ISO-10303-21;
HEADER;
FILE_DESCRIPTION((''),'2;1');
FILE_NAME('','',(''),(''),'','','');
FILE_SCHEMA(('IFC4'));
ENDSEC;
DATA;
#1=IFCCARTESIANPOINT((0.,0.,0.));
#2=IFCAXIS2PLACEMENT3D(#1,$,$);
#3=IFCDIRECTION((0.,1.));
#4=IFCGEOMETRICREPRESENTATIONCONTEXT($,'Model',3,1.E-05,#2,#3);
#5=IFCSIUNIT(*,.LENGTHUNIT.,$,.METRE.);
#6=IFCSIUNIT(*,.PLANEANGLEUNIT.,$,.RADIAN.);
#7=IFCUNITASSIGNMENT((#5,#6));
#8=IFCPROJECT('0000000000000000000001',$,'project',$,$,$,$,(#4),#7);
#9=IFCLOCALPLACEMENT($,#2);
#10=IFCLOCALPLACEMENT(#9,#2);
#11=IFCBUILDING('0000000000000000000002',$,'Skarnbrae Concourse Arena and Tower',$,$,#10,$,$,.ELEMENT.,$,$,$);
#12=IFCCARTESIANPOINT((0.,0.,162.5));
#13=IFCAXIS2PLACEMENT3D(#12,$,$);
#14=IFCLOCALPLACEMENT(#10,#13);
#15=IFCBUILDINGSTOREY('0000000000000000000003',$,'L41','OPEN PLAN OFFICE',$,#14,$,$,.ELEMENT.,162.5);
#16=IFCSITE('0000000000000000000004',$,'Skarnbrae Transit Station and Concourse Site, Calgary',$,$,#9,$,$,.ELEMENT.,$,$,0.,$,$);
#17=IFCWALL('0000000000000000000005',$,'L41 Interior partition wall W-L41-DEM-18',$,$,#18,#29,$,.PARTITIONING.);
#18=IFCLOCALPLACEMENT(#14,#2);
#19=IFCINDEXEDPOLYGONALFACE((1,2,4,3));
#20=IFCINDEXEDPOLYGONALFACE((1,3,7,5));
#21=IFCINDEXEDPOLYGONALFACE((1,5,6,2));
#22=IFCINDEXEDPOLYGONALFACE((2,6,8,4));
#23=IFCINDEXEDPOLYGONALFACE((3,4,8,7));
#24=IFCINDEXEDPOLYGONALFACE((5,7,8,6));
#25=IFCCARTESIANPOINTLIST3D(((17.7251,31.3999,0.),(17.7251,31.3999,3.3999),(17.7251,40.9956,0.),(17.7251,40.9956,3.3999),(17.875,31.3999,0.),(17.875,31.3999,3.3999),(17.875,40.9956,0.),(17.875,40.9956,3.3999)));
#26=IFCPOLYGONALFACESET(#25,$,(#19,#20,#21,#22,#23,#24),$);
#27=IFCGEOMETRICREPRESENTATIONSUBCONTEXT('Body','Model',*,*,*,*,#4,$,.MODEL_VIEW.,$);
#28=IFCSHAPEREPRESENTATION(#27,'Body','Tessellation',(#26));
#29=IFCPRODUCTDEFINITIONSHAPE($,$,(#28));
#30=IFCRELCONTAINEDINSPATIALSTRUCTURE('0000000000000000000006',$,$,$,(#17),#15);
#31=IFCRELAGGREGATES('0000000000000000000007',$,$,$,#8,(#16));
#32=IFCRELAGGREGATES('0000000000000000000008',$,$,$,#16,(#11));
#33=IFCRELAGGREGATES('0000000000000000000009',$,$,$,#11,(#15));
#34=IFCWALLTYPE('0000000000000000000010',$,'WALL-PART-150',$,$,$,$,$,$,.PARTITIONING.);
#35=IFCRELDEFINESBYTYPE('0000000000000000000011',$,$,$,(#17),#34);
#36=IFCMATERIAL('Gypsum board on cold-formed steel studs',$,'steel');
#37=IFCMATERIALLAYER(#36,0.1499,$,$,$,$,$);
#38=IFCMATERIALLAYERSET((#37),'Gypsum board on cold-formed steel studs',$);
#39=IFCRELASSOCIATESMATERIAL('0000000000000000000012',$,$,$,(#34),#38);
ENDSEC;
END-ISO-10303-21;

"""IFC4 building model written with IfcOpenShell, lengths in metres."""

from ifc_helpers import new_model, si_unit, direction, frame, frame_2d, origin, place, context, subcontext, project, spatial, rectangle, extrude, source, transform, mapped, material, layer, layer_set, type_object, element, save


model = new_model("IFC4")

# Units and contexts
model_context = context("Model", 3, precision=1e-05, world=origin(), true_north=direction((0.0, 1.0)))
body_context = subcontext(model_context, "Body", "Model", "MODEL_VIEW")
ifc_project = project(units=[si_unit("LENGTHUNIT", "METRE"), si_unit("PLANEANGLEUNIT", "RADIAN")], contexts=[model_context])

# Site, building, storey
site_placement = place(None, origin())
site = spatial("IfcSite", under=ifc_project, at=site_placement, Name="Skarnbrae Transit Station and Concourse Site, Calgary", CompositionType="ELEMENT", RefElevation=0.0)
building_placement = place(site_placement, origin())
building = spatial("IfcBuilding", under=site, at=building_placement, Name="Skarnbrae Concourse Arena and Tower", CompositionType="ELEMENT")
storey_placement = place(building_placement, frame((0.0, 0.0, 162.5)))
storey = spatial("IfcBuildingStorey", under=building, at=storey_placement, Name="L41", Description="OPEN PLAN OFFICE", CompositionType="ELEMENT", Elevation=162.5)

# Wall
ifc_material_1 = material(Name="Gypsum board on cold-formed steel studs", Category="steel")
ifc_layer_1 = layer(ifc_material_1, 0.1499)
ifc_layer_set_1 = layer_set([ifc_layer_1], Name="Gypsum board on cold-formed steel studs")
wall_type = type_object("IfcWallType", Name="WALL-PART-150", PredefinedType="PARTITIONING", material=ifc_layer_set_1)
shared_shape_1 = source(origin(), body_context, "Body", "SweptSolid", [
    extrude(rectangle(XDim=9.5957, YDim=0.1499, at=frame_2d((4.7979, 0.0))), origin(), (0.0, 0.0, 1.0), 3.3999),
])
wall_1_placement = place(storey_placement, frame((17.8, 40.9956, 0.0), z_axis=(0.0, 0.0, 1.0), x_axis=(0.0, -1.0, 0.0)))
element("IfcWall", 1, at=wall_1_placement, inside=storey, type_object=wall_type, Name="L41 Interior partition wall W-L41-DEM-18", PredefinedType="PARTITIONING", context=body_context, shape_type="MappedRepresentation", body=[
    mapped(shared_shape_1, transform((0.0, 0.0, 0.0))),
])

save(model, "model.ifc")
